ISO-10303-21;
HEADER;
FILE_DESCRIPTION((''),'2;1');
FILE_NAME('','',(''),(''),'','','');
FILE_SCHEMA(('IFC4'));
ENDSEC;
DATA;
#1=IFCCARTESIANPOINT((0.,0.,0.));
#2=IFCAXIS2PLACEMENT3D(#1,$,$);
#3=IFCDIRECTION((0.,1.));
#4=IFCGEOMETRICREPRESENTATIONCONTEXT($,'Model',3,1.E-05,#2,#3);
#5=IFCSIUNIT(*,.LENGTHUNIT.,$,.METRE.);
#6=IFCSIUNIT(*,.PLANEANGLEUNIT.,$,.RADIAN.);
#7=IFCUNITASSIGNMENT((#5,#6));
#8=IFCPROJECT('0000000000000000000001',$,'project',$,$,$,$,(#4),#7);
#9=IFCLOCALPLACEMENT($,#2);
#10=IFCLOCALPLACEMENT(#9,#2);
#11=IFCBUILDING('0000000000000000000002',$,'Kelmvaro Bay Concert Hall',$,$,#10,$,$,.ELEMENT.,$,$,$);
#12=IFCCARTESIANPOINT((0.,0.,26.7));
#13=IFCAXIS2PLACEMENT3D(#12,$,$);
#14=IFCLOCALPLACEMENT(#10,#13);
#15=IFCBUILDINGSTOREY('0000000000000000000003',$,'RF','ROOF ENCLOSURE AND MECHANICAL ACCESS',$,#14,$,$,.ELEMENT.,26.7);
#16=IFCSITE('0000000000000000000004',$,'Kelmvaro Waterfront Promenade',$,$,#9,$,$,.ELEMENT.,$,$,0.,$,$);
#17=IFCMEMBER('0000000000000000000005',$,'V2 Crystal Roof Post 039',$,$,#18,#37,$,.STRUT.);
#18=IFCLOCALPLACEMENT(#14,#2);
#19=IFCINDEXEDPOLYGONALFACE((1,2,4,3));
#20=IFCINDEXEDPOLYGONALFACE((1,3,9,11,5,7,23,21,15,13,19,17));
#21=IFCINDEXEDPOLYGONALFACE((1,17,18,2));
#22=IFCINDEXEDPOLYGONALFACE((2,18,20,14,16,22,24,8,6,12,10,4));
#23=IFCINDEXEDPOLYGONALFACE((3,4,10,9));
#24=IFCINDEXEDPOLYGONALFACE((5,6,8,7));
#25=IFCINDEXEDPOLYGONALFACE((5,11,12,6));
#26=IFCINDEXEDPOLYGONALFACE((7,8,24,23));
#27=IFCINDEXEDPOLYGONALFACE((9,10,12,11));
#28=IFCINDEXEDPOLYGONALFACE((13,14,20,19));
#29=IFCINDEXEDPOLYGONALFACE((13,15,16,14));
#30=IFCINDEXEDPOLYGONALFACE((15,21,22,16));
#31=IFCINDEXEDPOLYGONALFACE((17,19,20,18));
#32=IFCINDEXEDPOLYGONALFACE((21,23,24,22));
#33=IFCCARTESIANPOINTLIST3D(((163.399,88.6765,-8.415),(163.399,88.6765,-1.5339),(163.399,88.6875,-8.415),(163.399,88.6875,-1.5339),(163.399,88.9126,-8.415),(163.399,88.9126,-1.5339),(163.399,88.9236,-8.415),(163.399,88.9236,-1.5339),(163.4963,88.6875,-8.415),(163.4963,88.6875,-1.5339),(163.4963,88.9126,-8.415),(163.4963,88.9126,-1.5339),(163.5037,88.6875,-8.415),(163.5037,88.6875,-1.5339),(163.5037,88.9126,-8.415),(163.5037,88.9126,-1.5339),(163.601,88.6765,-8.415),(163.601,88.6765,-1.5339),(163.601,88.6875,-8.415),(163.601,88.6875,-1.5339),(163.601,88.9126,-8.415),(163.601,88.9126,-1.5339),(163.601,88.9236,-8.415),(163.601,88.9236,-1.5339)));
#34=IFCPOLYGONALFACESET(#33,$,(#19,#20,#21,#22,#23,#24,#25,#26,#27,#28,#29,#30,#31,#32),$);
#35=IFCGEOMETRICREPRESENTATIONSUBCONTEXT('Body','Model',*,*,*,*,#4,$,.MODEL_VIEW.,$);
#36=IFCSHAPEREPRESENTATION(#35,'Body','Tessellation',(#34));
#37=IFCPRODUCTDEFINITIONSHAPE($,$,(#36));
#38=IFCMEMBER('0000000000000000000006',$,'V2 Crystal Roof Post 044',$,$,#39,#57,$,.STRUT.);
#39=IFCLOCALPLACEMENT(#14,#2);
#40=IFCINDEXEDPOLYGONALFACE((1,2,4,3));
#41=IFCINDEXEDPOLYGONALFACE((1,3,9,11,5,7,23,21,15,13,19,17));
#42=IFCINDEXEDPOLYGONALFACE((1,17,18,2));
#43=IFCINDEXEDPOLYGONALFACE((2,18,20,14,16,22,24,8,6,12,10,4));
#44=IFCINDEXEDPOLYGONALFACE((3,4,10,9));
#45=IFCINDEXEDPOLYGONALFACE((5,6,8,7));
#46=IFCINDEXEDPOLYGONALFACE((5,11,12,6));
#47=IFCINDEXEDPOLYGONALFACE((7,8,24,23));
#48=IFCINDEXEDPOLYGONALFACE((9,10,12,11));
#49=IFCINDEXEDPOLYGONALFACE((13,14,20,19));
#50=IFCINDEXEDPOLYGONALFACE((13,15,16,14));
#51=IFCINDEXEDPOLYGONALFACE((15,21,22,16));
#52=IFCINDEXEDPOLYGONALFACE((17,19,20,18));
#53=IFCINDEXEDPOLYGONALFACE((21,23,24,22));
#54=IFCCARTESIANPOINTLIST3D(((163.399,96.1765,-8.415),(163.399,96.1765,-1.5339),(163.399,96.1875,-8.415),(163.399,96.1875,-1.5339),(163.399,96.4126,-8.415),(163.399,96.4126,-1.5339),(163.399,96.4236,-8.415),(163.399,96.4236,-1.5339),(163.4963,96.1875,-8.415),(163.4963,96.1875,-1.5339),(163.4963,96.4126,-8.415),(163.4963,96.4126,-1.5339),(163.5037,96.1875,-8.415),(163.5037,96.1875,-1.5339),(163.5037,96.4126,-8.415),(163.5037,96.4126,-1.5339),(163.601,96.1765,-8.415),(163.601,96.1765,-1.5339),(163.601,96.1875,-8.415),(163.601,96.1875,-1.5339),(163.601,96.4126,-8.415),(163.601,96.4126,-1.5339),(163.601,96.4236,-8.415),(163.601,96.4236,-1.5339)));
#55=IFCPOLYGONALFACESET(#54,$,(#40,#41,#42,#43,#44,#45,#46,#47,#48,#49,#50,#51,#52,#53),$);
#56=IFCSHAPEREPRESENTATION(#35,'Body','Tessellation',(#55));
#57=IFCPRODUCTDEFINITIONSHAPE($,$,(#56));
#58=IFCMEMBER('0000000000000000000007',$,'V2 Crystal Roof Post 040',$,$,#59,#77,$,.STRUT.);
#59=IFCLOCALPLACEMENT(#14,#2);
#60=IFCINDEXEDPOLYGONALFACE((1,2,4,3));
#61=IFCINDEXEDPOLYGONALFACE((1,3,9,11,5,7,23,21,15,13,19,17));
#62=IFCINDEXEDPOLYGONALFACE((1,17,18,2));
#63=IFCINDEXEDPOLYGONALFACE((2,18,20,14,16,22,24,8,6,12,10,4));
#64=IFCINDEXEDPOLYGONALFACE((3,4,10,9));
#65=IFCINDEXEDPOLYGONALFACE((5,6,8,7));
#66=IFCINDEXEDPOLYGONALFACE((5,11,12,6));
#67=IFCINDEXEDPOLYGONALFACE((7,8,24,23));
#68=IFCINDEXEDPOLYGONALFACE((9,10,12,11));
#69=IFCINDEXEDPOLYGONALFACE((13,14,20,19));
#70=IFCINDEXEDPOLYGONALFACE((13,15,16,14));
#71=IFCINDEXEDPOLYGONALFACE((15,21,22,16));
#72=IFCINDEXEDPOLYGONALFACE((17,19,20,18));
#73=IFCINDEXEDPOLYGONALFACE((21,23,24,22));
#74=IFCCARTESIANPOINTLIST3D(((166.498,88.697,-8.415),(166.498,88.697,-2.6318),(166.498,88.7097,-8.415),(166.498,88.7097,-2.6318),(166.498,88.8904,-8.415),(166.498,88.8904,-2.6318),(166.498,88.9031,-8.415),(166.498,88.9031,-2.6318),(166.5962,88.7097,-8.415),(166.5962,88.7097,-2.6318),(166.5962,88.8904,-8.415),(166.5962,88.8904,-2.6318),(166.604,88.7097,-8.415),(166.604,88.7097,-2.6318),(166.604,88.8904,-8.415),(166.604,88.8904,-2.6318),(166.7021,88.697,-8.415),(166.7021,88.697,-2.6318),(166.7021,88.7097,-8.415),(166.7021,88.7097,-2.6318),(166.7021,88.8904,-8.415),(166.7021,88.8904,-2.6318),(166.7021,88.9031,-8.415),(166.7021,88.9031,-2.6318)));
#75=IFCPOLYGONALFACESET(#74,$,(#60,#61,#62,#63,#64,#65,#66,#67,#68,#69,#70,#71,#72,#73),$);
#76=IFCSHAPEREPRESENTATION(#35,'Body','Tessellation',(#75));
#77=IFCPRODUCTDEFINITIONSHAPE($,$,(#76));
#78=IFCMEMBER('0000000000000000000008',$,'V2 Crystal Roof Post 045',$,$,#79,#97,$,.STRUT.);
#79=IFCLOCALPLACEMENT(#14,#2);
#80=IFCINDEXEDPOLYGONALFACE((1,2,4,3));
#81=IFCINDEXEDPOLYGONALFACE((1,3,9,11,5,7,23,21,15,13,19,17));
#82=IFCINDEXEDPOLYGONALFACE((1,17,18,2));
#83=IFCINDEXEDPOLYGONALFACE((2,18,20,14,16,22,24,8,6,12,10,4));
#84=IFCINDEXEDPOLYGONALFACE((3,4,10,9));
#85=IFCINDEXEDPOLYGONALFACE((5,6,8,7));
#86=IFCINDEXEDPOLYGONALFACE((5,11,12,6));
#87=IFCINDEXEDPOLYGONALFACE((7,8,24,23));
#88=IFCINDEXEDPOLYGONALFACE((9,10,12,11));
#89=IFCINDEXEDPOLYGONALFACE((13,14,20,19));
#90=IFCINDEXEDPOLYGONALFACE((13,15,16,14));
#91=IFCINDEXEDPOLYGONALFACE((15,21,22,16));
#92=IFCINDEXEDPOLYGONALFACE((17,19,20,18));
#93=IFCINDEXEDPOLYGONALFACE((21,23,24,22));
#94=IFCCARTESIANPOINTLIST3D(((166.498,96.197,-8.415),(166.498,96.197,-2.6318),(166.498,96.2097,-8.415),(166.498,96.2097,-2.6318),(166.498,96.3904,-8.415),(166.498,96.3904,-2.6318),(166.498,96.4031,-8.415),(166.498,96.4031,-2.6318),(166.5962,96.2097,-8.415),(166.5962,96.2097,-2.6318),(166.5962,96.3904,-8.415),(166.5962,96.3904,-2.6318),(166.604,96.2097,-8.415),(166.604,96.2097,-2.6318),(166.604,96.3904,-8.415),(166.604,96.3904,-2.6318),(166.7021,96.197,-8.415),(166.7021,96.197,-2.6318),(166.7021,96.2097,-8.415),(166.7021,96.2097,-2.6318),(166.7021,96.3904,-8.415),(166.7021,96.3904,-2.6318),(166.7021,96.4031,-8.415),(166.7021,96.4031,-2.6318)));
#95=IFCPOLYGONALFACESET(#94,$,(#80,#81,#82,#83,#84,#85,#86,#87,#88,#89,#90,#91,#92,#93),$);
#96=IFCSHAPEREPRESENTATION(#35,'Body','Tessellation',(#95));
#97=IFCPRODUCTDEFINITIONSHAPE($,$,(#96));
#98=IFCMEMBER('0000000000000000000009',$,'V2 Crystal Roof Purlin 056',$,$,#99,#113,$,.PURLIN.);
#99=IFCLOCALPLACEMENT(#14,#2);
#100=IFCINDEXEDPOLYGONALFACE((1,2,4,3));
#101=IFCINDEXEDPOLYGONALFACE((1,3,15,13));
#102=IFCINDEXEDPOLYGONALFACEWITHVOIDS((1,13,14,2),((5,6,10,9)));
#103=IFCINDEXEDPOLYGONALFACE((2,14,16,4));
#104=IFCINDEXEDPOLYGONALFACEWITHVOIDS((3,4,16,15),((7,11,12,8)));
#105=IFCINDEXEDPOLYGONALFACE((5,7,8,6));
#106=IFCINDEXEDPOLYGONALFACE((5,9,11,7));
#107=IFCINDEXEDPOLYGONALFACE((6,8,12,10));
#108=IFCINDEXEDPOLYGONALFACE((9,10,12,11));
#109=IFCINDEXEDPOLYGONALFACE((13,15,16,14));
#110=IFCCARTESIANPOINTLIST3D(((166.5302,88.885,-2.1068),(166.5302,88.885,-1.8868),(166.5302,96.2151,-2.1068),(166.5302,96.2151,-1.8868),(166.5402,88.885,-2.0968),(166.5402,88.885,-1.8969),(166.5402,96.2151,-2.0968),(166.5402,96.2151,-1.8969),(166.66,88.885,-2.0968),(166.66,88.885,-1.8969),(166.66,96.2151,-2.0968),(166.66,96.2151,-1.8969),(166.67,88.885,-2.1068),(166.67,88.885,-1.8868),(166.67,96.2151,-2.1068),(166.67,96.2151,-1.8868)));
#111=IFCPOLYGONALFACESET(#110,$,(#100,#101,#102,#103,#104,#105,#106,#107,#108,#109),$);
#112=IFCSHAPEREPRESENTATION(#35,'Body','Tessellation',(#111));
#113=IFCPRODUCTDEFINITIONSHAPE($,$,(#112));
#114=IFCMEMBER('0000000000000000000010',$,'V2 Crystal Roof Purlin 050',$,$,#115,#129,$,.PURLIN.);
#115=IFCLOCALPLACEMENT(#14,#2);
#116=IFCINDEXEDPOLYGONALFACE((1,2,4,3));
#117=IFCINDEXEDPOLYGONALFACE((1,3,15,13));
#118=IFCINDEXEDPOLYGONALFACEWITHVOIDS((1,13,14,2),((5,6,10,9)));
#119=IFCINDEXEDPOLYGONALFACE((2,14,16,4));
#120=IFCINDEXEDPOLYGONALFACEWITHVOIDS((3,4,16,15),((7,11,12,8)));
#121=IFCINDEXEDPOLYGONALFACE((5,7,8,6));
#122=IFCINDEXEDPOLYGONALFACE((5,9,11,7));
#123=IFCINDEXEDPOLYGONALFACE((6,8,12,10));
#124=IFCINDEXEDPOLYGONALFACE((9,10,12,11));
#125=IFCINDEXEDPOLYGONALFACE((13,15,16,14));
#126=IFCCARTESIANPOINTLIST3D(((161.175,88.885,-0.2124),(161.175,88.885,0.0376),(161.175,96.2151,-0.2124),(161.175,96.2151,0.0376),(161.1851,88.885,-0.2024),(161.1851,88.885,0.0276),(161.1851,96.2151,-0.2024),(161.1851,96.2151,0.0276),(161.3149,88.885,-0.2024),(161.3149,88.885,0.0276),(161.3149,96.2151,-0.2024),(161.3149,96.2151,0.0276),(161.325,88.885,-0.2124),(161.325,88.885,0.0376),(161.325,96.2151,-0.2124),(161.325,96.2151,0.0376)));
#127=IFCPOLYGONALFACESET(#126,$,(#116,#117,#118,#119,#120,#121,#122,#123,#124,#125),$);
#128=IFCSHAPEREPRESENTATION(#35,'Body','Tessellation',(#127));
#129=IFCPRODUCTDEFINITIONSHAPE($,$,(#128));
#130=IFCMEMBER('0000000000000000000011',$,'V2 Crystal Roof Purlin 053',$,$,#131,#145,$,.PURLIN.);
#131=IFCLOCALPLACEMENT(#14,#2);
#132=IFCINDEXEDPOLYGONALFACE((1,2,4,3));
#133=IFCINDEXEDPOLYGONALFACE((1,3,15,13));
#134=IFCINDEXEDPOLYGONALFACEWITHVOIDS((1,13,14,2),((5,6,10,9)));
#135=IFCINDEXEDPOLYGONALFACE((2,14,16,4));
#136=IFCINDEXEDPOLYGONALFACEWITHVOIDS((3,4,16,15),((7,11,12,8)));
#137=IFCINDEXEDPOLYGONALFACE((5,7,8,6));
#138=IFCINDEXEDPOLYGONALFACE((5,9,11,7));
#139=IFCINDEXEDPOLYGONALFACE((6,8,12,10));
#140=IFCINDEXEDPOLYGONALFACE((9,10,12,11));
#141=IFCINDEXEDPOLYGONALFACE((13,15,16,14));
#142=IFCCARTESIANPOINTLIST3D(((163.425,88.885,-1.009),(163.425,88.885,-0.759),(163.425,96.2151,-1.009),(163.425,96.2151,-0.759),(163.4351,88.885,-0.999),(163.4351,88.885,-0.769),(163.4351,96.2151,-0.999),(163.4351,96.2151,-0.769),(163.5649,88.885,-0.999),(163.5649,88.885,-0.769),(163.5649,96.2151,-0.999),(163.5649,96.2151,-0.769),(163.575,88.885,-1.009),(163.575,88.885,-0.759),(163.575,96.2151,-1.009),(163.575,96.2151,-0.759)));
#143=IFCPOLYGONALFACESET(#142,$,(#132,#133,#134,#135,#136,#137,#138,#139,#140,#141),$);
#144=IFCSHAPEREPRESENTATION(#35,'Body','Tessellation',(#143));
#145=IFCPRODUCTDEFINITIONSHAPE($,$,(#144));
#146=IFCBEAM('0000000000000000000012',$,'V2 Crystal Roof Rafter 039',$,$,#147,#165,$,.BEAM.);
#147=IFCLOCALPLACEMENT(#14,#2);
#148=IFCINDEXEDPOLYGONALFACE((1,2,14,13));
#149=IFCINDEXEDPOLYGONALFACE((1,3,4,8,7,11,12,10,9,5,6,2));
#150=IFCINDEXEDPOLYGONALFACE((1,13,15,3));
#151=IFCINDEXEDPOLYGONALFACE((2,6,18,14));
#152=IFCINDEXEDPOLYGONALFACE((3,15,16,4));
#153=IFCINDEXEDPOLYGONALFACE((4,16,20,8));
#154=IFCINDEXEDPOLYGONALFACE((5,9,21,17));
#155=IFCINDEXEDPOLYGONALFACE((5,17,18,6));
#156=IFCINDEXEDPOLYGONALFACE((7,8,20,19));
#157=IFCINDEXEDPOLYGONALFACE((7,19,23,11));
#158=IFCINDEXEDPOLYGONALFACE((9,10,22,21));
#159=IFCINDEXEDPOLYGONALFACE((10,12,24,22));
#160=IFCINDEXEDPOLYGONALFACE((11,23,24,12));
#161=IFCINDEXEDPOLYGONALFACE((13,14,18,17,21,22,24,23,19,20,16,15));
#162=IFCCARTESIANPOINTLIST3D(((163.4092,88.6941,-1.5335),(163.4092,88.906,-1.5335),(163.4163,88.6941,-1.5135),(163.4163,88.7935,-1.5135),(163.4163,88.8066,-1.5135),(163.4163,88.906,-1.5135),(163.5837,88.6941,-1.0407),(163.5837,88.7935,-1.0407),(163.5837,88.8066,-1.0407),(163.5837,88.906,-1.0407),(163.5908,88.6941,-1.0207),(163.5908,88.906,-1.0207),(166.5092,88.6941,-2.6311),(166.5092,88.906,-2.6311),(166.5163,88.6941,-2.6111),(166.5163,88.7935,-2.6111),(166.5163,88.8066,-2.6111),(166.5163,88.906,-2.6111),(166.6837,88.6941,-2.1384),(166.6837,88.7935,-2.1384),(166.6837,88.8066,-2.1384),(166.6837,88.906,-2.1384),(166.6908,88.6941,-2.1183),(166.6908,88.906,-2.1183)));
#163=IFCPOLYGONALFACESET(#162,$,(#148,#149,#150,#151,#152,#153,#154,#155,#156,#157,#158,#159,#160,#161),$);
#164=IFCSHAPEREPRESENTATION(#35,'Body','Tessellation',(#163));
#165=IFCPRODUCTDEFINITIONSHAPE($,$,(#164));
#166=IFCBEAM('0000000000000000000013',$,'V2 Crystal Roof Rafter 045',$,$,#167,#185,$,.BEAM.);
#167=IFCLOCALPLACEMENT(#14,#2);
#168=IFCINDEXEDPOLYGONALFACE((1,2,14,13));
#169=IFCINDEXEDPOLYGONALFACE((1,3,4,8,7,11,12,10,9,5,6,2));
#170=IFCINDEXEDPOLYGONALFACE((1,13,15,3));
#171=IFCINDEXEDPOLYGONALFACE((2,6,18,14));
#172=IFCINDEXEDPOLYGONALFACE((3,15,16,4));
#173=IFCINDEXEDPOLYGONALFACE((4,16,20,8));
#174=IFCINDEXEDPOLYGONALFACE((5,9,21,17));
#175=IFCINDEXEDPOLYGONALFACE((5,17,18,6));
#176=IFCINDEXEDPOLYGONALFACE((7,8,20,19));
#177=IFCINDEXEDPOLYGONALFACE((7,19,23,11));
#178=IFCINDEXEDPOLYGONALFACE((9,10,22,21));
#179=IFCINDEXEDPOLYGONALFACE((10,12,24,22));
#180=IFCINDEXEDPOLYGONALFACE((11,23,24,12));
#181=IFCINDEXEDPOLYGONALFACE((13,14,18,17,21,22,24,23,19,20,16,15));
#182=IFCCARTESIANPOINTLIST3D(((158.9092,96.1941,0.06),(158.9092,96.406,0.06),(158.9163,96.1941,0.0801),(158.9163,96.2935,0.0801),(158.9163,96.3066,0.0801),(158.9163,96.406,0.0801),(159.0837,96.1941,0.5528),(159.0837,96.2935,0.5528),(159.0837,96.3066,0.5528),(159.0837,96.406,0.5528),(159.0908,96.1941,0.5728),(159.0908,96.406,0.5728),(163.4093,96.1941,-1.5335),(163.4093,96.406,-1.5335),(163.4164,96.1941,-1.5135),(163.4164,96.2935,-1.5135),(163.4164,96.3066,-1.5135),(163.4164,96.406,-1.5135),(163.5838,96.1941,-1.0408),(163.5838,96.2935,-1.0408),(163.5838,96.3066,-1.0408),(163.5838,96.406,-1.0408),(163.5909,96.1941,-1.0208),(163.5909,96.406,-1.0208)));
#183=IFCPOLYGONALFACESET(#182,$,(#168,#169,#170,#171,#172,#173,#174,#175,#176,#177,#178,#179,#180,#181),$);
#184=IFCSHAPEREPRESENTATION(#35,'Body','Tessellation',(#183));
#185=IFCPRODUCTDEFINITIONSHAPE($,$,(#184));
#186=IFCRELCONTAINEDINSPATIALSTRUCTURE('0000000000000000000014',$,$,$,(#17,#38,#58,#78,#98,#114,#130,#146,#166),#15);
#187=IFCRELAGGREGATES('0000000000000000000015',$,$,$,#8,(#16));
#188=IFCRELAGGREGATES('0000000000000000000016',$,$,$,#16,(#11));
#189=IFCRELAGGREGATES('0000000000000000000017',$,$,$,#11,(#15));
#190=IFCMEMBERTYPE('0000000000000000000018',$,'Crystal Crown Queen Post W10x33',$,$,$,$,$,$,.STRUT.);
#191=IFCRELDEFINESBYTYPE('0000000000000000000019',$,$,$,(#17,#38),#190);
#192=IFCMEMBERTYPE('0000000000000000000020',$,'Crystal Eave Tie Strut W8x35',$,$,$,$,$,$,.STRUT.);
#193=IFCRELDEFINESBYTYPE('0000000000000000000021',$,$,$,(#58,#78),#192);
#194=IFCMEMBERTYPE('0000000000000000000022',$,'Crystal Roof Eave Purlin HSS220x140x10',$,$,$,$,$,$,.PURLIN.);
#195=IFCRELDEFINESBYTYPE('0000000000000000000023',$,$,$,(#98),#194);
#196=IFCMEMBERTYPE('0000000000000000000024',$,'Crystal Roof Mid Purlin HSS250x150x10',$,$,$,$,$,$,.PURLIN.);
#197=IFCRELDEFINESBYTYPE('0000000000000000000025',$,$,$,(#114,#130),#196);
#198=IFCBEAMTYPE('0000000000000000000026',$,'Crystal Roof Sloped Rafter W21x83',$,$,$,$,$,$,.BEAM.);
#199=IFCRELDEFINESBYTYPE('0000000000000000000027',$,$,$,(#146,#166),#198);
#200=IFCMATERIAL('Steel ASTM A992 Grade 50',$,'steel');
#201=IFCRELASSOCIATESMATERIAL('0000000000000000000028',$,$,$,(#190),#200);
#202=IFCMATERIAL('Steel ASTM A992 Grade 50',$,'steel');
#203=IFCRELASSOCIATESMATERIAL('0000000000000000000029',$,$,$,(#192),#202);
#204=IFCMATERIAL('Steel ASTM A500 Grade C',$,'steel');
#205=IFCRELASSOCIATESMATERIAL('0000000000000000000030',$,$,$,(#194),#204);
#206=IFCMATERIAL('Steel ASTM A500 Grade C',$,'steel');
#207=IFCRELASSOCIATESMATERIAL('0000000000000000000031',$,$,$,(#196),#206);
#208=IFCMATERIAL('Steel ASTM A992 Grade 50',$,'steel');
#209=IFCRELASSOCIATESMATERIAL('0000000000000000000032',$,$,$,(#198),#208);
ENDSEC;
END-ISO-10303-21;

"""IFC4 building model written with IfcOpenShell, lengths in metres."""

from ifc_helpers import new_model, si_unit, direction, frame, origin, origin_2d, place, context, subcontext, project, spatial, hollow_rectangle, i_section, extrude, material, material_profile, profile_set, type_object, element, save


model = new_model("IFC4")

# Units and contexts
model_context = context("Model", 3, precision=1e-05, world=origin(), true_north=direction((0.0, 1.0)))
body_context = subcontext(model_context, "Body", "Model", "MODEL_VIEW")
ifc_project = project(units=[si_unit("LENGTHUNIT", "METRE"), si_unit("PLANEANGLEUNIT", "RADIAN")], contexts=[model_context])

# Site, building, storey
site_placement = place(None, origin())
site = spatial("IfcSite", under=ifc_project, at=site_placement, Name="Kelmvaro Waterfront Promenade", CompositionType="ELEMENT", RefElevation=0.0)
building_placement = place(site_placement, origin())
building = spatial("IfcBuilding", under=site, at=building_placement, Name="Kelmvaro Bay Concert Hall", CompositionType="ELEMENT")
storey_placement = place(building_placement, frame((0.0, 0.0, 26.7)))
storey = spatial("IfcBuildingStorey", under=building, at=storey_placement, Name="RF", Description="ROOF ENCLOSURE AND MECHANICAL ACCESS", CompositionType="ELEMENT", Elevation=26.7)

# Members
ifc_material_1 = material(Name="Steel ASTM A992 Grade 50", Category="steel")
ifc_material_profile_1 = material_profile(ifc_material_1, i_section(OverallWidth=0.2019, OverallDepth=0.2471, WebThickness=0.0073, FlangeThickness=0.011, at=origin_2d()), Name="W10X33")
ifc_profile_set_1 = profile_set([ifc_material_profile_1], Name="Steel ASTM A992 Grade 50")
member_type_1 = type_object("IfcMemberType", Name="Crystal Crown Queen Post W10x33", PredefinedType="STRUT", material=ifc_profile_set_1)
for number, where, z_axis, x_axis, name in (
    (1, (163.5, 88.8, -8.415), (0.0, 0.0, 1.0), (1.0, 0.0, 0.0), "V2 Crystal Roof Post 039"),
    (2, (163.5, 96.3, -8.415), (0.0, 0.0, 1.0), (1.0, 0.0, 0.0), "V2 Crystal Roof Post 044"),
):
    element("IfcMember", number, at=place(storey_placement, frame(where, z_axis=z_axis, x_axis=x_axis)), inside=storey, type_object=member_type_1, Name=name, PredefinedType="STRUT", context=body_context, shape_type="SweptSolid", body=[
        extrude(i_section(OverallWidth=0.2019, OverallDepth=0.2471, WebThickness=0.0073, FlangeThickness=0.011, at=origin_2d()), origin(), (0.0, 0.0, 1.0), 6.8811),
    ])
ifc_material_2 = material(Name="Steel ASTM A992 Grade 50", Category="steel")
ifc_material_profile_2 = material_profile(ifc_material_2, i_section(OverallWidth=0.2041, OverallDepth=0.2061, WebThickness=0.0078, FlangeThickness=0.0127, at=origin_2d()), Name="W8X35")
ifc_profile_set_2 = profile_set([ifc_material_profile_2], Name="Steel ASTM A992 Grade 50")
member_type_2 = type_object("IfcMemberType", Name="Crystal Eave Tie Strut W8x35", PredefinedType="STRUT", material=ifc_profile_set_2)
for number, where, z_axis, x_axis, name in (
    (3, (166.6001, 88.8, -8.415), (0.0, 0.0, 1.0), (1.0, 0.0, 0.0), "V2 Crystal Roof Post 040"),
    (4, (166.6001, 96.3, -8.415), (0.0, 0.0, 1.0), (1.0, 0.0, 0.0), "V2 Crystal Roof Post 045"),
):
    element("IfcMember", number, at=place(storey_placement, frame(where, z_axis=z_axis, x_axis=x_axis)), inside=storey, type_object=member_type_2, Name=name, PredefinedType="STRUT", context=body_context, shape_type="SweptSolid", body=[
        extrude(i_section(OverallWidth=0.2041, OverallDepth=0.2061, WebThickness=0.0078, FlangeThickness=0.0127, at=origin_2d()), origin(), (0.0, 0.0, 1.0), 5.7832),
    ])
ifc_material_3 = material(Name="Steel ASTM A500 Grade C", Category="steel")
ifc_material_profile_3 = material_profile(ifc_material_3, hollow_rectangle(XDim=0.1399, YDim=0.22, WallThickness=0.01, at=origin_2d()), Name="HSS220X140X10")
ifc_profile_set_3 = profile_set([ifc_material_profile_3], Name="Steel ASTM A500 Grade C")
member_type_3 = type_object("IfcMemberType", Name="Crystal Roof Eave Purlin HSS220x140x10", PredefinedType="PURLIN", material=ifc_profile_set_3)
member_placement = place(storey_placement, frame((166.6001, 88.885, -1.9968), z_axis=(0.0, 1.0, 0.0), x_axis=(-1.0, 0.0, 0.0)))
element("IfcMember", 5, at=member_placement, inside=storey, type_object=member_type_3, Name="V2 Crystal Roof Purlin 056", PredefinedType="PURLIN", context=body_context, shape_type="SweptSolid", body=[
    extrude(hollow_rectangle(XDim=0.1399, YDim=0.22, WallThickness=0.01, at=origin_2d()), origin(), (0.0, 0.0, 1.0), 7.3301),
])
ifc_material_4 = material(Name="Steel ASTM A500 Grade C", Category="steel")
ifc_material_profile_4 = material_profile(ifc_material_4, hollow_rectangle(XDim=0.1499, YDim=0.25, WallThickness=0.01, at=origin_2d()), Name="HSS250X150X10")
ifc_profile_set_4 = profile_set([ifc_material_profile_4], Name="Steel ASTM A500 Grade C")
member_type_4 = type_object("IfcMemberType", Name="Crystal Roof Mid Purlin HSS250x150x10", PredefinedType="PURLIN", material=ifc_profile_set_4)
for number, where, z_axis, x_axis, name in (
    (6, (161.25, 88.885, -0.0874), (0.0, 1.0, 0.0), (-1.0, 0.0, 0.0), "V2 Crystal Roof Purlin 050"),
    (7, (163.5, 88.885, -0.884), (0.0, 1.0, 0.0), (-1.0, 0.0, 0.0), "V2 Crystal Roof Purlin 053"),
):
    element("IfcMember", number, at=place(storey_placement, frame(where, z_axis=z_axis, x_axis=x_axis)), inside=storey, type_object=member_type_4, Name=name, PredefinedType="PURLIN", context=body_context, shape_type="SweptSolid", body=[
        extrude(hollow_rectangle(XDim=0.1499, YDim=0.25, WallThickness=0.01, at=origin_2d()), origin(), (0.0, 0.0, 1.0), 7.3301),
    ])

# Beams
ifc_material_5 = material(Name="Steel ASTM A992 Grade 50", Category="steel")
ifc_material_profile_5 = material_profile(ifc_material_5, i_section(OverallWidth=0.2119, OverallDepth=0.5439, WebThickness=0.0132, FlangeThickness=0.0212, at=origin_2d()), Name="W21X83")
ifc_profile_set_5 = profile_set([ifc_material_profile_5], Name="Steel ASTM A992 Grade 50")
beam_type = type_object("IfcBeamType", Name="Crystal Roof Sloped Rafter W21x83", PredefinedType="BEAM", material=ifc_profile_set_5)
beam_1_placement = place(storey_placement, frame((163.5, 88.8, -1.2771), z_axis=(0.942655, 0.0, -0.333767), x_axis=(0.0, 1.0, 0.0)))
element("IfcBeam", 8, at=beam_1_placement, inside=storey, type_object=beam_type, Name="V2 Crystal Roof Rafter 039", PredefinedType="BEAM", context=body_context, shape_type="SweptSolid", body=[
    extrude(i_section(OverallWidth=0.2119, OverallDepth=0.5439, WebThickness=0.0132, FlangeThickness=0.0212, at=origin_2d()), origin(), (0.0, 0.0, 1.0), 3.2886),
])
beam_2_placement = place(storey_placement, frame((159.0, 96.3, 0.3164), z_axis=(0.942643, 0.0, -0.333802), x_axis=(0.0, 1.0, 0.0)))
element("IfcBeam", 9, at=beam_2_placement, inside=storey, type_object=beam_type, Name="V2 Crystal Roof Rafter 045", PredefinedType="BEAM", context=body_context, shape_type="SweptSolid", body=[
    extrude(i_section(OverallWidth=0.2119, OverallDepth=0.5439, WebThickness=0.0132, FlangeThickness=0.0212, at=origin_2d()), origin(), (0.0, 0.0, 1.0), 4.7739),
])

save(model, "model.ifc")
